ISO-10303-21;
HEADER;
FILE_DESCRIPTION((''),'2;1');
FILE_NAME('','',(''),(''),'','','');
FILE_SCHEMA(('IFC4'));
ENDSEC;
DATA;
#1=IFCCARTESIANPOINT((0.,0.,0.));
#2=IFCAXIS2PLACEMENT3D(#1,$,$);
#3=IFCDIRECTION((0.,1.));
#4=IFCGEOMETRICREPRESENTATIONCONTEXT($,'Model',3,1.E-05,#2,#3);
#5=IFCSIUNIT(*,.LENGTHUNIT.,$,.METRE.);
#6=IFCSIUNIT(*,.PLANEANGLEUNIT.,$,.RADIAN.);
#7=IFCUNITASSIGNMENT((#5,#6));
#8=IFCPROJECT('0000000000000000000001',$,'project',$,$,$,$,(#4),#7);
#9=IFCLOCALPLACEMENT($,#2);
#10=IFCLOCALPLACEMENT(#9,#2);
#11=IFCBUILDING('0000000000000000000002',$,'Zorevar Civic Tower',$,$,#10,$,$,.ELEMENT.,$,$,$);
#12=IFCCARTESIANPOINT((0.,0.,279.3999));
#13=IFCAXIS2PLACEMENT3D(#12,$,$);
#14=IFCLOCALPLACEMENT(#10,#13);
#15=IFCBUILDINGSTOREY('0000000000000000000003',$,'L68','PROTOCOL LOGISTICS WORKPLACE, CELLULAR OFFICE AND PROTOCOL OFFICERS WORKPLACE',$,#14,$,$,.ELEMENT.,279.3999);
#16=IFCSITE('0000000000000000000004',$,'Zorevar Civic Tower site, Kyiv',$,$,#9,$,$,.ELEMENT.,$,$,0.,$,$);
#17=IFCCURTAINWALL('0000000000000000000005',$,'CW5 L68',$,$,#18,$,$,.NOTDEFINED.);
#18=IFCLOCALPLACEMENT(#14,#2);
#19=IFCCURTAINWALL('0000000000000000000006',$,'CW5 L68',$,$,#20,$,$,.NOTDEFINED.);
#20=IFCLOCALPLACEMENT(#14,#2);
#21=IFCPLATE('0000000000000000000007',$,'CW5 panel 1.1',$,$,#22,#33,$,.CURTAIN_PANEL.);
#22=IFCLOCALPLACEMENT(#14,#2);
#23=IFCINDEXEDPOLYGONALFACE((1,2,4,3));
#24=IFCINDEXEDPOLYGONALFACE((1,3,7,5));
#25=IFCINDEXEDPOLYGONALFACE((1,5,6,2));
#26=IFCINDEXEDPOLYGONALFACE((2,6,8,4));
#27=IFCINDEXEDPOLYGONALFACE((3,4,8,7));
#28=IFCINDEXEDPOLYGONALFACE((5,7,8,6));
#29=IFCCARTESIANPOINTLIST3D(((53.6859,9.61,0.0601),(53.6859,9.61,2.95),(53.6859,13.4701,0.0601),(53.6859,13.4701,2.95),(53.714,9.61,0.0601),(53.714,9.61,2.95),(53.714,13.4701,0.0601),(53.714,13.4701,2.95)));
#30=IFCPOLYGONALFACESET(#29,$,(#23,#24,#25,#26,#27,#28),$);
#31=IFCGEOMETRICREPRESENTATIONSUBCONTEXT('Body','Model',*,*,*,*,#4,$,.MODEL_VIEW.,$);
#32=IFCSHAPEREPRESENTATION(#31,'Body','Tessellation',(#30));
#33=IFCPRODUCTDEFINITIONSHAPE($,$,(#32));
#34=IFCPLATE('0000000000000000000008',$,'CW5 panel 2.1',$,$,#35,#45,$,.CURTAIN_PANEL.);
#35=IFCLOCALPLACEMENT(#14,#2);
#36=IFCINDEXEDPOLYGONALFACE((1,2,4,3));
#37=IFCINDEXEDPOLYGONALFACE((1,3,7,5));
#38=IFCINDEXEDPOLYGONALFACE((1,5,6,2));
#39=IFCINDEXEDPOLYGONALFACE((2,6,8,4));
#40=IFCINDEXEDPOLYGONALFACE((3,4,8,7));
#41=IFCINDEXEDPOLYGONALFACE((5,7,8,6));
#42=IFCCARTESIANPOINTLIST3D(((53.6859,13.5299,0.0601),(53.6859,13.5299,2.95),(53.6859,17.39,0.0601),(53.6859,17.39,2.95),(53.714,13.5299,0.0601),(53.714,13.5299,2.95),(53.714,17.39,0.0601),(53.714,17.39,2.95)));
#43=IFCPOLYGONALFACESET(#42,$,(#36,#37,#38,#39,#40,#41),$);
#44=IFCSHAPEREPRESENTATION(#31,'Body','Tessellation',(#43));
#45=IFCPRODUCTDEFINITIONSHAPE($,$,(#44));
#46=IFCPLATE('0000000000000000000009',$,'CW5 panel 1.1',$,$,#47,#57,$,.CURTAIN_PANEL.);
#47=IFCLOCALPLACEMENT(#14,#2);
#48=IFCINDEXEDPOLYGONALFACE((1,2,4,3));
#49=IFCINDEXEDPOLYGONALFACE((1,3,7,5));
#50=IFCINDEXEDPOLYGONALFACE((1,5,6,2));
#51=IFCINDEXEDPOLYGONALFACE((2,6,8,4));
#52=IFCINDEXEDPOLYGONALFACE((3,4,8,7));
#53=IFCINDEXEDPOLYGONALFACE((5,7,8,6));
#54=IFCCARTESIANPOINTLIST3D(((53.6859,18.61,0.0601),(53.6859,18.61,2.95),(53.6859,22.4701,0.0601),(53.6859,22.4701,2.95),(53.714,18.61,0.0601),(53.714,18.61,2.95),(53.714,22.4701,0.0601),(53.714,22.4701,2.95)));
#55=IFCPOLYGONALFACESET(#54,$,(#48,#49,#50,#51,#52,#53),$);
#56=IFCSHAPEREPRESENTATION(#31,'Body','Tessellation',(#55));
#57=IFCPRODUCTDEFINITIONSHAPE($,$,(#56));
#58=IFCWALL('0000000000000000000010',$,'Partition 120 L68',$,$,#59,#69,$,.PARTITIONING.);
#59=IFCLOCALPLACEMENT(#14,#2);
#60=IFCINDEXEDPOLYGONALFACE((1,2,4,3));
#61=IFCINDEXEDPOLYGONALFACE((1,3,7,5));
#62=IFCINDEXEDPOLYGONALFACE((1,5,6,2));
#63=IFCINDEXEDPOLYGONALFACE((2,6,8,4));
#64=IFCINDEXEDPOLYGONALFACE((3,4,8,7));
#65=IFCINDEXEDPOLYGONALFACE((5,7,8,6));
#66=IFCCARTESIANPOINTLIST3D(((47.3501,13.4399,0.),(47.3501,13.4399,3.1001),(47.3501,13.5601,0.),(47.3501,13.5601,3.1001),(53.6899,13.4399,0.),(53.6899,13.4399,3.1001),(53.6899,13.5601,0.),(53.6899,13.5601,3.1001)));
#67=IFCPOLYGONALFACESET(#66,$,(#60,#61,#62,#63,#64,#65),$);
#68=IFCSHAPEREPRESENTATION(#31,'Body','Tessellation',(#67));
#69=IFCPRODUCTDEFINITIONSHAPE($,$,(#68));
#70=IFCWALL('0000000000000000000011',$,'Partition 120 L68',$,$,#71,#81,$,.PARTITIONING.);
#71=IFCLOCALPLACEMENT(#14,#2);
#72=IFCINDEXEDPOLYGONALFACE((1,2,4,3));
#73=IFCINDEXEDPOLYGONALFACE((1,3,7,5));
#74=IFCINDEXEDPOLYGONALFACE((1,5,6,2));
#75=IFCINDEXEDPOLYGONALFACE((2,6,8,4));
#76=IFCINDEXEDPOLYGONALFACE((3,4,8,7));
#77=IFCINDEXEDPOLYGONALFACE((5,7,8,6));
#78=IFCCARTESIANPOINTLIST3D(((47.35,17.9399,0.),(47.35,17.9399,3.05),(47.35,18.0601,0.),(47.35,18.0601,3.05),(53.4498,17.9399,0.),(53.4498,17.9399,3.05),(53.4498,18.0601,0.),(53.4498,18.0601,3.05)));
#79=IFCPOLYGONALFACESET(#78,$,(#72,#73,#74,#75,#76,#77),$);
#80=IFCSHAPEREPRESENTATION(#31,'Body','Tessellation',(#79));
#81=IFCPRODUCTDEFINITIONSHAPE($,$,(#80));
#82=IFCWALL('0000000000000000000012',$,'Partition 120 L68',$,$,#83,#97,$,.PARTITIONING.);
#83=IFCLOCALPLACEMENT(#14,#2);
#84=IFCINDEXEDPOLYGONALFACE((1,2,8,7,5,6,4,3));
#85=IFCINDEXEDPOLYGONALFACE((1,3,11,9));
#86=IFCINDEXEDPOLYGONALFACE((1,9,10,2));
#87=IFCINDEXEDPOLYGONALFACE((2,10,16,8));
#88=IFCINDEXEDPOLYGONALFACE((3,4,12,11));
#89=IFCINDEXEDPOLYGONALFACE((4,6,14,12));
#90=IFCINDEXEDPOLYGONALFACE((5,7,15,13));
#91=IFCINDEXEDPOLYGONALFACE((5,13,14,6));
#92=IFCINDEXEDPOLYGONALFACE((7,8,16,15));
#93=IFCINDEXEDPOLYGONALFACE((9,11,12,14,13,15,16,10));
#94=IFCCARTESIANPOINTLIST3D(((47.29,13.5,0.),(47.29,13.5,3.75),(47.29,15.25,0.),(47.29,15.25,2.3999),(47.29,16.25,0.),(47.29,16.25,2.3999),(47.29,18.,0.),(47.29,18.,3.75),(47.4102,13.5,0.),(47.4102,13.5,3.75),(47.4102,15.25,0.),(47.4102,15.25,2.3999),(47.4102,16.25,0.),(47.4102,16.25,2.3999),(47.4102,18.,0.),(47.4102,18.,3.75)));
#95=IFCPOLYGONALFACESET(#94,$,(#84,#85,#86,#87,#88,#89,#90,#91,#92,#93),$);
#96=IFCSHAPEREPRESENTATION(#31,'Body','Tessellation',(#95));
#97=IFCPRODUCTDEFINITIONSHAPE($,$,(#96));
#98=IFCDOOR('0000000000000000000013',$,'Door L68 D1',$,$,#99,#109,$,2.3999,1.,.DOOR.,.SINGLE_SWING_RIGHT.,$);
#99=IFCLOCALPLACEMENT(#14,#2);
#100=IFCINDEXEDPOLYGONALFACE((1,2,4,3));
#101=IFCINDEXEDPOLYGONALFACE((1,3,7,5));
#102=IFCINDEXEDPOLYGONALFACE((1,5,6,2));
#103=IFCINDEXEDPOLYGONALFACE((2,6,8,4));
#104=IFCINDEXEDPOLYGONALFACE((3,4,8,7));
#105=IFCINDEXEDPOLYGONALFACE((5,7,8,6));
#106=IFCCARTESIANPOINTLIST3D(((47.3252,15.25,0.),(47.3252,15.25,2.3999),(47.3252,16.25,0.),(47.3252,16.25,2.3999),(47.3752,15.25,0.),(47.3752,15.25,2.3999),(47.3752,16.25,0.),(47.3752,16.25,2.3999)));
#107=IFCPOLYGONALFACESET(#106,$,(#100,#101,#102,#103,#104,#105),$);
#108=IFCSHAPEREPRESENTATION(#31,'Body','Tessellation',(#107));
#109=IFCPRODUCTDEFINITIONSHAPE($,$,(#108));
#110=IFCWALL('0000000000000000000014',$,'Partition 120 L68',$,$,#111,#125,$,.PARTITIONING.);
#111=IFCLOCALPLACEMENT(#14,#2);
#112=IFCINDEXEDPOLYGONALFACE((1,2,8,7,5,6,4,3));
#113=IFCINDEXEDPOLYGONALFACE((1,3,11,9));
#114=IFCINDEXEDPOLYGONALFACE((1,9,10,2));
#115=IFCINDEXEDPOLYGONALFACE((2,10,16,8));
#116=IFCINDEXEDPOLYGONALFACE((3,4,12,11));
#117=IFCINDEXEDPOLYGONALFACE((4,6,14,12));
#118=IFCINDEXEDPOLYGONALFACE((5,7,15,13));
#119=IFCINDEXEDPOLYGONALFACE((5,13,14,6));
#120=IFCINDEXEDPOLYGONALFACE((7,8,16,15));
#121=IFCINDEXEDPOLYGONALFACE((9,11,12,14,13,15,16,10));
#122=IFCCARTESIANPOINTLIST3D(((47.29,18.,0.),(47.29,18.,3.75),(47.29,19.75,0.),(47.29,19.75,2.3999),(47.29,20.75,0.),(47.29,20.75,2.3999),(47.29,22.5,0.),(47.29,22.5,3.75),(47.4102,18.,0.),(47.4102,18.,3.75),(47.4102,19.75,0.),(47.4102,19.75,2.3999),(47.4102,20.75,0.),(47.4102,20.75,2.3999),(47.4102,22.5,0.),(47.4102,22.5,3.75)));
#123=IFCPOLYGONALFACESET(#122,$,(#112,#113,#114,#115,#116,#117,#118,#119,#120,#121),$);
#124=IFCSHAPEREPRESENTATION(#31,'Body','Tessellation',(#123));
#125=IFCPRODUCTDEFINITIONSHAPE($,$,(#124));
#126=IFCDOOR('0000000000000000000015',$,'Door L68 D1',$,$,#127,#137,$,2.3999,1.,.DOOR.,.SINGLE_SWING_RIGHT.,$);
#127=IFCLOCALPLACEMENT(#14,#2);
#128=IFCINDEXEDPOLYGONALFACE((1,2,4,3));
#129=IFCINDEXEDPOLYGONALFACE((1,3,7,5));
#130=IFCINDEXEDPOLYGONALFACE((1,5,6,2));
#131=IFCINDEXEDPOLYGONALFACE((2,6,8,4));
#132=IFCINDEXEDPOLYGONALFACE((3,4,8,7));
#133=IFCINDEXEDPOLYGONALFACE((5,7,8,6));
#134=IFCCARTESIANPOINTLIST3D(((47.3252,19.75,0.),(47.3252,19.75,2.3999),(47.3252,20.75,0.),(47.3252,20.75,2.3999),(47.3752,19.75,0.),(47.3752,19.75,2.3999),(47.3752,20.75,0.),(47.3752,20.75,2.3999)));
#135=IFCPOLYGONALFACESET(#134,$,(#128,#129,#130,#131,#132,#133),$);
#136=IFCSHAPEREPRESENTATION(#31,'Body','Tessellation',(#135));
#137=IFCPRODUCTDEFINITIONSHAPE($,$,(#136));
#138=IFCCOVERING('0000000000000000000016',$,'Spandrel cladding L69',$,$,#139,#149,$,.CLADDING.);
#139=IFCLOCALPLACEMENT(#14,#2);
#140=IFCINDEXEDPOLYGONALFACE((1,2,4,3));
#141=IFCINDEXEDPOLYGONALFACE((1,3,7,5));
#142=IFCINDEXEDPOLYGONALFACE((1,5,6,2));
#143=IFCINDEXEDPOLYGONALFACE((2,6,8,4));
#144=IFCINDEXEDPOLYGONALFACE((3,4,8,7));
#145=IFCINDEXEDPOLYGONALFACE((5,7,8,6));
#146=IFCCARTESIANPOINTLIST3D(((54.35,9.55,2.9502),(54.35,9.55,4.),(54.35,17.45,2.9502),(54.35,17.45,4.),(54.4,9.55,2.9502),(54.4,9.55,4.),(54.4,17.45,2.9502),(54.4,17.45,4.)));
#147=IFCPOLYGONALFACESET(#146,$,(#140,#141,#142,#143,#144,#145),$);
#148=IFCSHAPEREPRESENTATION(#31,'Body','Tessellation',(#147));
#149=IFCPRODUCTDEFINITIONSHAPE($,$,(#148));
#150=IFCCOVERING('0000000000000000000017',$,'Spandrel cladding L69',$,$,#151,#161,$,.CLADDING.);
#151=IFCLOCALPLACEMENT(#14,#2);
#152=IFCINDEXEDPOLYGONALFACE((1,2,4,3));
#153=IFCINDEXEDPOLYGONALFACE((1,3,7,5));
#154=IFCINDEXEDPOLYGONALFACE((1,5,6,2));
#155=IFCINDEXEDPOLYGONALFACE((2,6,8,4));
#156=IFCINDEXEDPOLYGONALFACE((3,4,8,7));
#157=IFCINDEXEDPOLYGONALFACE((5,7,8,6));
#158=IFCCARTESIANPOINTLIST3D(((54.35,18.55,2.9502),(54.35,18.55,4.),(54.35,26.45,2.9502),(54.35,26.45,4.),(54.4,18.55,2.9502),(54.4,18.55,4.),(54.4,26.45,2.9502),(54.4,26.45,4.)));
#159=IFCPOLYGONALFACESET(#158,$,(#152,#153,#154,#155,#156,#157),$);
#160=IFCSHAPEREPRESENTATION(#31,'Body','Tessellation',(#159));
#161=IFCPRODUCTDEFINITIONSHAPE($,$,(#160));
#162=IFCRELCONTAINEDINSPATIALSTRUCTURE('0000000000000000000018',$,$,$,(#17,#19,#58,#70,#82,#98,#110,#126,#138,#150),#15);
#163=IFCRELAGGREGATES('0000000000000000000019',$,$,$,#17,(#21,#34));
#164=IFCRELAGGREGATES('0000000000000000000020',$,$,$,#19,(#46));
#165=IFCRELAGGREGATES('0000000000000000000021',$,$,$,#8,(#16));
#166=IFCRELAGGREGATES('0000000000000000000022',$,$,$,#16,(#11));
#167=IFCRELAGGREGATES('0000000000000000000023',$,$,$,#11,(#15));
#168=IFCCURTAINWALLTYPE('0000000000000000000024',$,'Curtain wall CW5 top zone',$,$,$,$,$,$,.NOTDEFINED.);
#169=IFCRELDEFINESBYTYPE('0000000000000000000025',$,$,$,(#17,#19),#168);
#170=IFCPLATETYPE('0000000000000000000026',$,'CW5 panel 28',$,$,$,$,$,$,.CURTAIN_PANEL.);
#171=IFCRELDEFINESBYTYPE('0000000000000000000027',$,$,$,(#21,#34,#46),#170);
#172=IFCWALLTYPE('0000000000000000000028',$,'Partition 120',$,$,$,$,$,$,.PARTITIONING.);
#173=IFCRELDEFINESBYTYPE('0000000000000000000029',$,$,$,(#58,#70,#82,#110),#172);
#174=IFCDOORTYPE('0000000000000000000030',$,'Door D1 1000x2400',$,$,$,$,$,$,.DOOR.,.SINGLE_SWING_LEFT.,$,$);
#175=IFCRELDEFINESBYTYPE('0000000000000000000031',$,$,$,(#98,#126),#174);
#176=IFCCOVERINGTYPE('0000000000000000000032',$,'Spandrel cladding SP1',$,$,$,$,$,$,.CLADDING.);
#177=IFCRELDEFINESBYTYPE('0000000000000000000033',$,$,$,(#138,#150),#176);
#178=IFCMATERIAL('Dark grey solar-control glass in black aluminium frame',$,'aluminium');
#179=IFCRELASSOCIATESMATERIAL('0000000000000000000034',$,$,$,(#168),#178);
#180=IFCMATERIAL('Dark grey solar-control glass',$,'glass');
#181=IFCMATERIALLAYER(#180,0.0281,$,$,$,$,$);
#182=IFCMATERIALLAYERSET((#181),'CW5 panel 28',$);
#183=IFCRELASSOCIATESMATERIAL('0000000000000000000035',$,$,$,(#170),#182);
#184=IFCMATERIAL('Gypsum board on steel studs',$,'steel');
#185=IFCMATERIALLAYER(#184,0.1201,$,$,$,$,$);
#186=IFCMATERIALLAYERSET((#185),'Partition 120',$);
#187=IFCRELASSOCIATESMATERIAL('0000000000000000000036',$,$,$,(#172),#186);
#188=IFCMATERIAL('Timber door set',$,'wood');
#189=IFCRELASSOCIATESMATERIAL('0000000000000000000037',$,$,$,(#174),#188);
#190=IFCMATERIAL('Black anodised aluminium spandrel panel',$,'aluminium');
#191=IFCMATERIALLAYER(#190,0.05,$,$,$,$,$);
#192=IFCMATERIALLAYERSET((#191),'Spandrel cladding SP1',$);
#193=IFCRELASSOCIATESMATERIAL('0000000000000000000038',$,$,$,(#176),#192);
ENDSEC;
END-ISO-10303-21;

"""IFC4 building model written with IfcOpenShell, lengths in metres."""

from ifc_helpers import new_model, si_unit, direction, frame, frame_2d, origin, origin_2d, place, context, subcontext, project, spatial, rectangle, extrude, material, layer, layer_set, type_object, element, fill, aggregate, save


model = new_model("IFC4")

# Units and contexts
model_context = context("Model", 3, precision=1e-05, world=origin(), true_north=direction((0.0, 1.0)))
body_context = subcontext(model_context, "Body", "Model", "MODEL_VIEW")
ifc_project = project(units=[si_unit("LENGTHUNIT", "METRE"), si_unit("PLANEANGLEUNIT", "RADIAN")], contexts=[model_context])

# Site, building, storey
site_placement = place(None, origin())
site = spatial("IfcSite", under=ifc_project, at=site_placement, Name="Zorevar Civic Tower site, Kyiv", CompositionType="ELEMENT", RefElevation=0.0)
building_placement = place(site_placement, origin())
building = spatial("IfcBuilding", under=site, at=building_placement, Name="Zorevar Civic Tower", CompositionType="ELEMENT")
storey_placement = place(building_placement, frame((0.0, 0.0, 279.3999)))
storey = spatial("IfcBuildingStorey", under=building, at=storey_placement, Name="L68", Description="PROTOCOL LOGISTICS WORKPLACE, CELLULAR OFFICE AND PROTOCOL OFFICERS WORKPLACE", CompositionType="ELEMENT", Elevation=279.3999)

# Curtain wall
ifc_material_1 = material(Name="Dark grey solar-control glass in black aluminium frame", Category="aluminium")
curtain_wall_type = type_object("IfcCurtainWallType", Name="Curtain wall CW5 top zone", PredefinedType="NOTDEFINED", material=ifc_material_1)
curtain_wall_1_placement = place(storey_placement, origin())
curtain_wall_1 = element("IfcCurtainWall", 1, at=curtain_wall_1_placement, inside=storey, type_object=curtain_wall_type, Name="CW5 L68", PredefinedType="NOTDEFINED")

# Curtain wall
curtain_wall_2_placement = place(storey_placement, origin())
curtain_wall_2 = element("IfcCurtainWall", 2, at=curtain_wall_2_placement, inside=storey, type_object=curtain_wall_type, Name="CW5 L68", PredefinedType="NOTDEFINED")

# Plates
ifc_material_2 = material(Name="Dark grey solar-control glass", Category="glass")
ifc_layer_1 = layer(ifc_material_2, 0.0281)
ifc_layer_set_1 = layer_set([ifc_layer_1], Name="CW5 panel 28")
plate_type = type_object("IfcPlateType", Name="CW5 panel 28", PredefinedType="CURTAIN_PANEL", material=ifc_layer_set_1)
plate_1_placement = place(storey_placement, frame((53.7, 11.54, 0.0601), z_axis=(0.0, 0.0, 1.0), x_axis=(0.0, 1.0, 0.0)))
plate_1 = element("IfcPlate", 3, at=plate_1_placement, type_object=plate_type, Name="CW5 panel 1.1", PredefinedType="CURTAIN_PANEL", context=body_context, shape_type="SweptSolid", body=[
    extrude(rectangle(XDim=3.8601, YDim=0.0281, at=origin_2d()), origin(), (0.0, 0.0, 1.0), 2.8899),
])
plate_2_placement = place(storey_placement, frame((53.7, 15.46, 0.0601), z_axis=(0.0, 0.0, 1.0), x_axis=(0.0, 1.0, 0.0)))
plate_2 = element("IfcPlate", 4, at=plate_2_placement, type_object=plate_type, Name="CW5 panel 2.1", PredefinedType="CURTAIN_PANEL", context=body_context, shape_type="SweptSolid", body=[
    extrude(rectangle(XDim=3.8601, YDim=0.0281, at=origin_2d()), origin(), (0.0, 0.0, 1.0), 2.8899),
])
aggregate(curtain_wall_1, [plate_1, plate_2])
plate_3_placement = place(storey_placement, frame((53.7, 20.54, 0.0601), z_axis=(0.0, 0.0, 1.0), x_axis=(0.0, 1.0, 0.0)))
plate_3 = element("IfcPlate", 5, at=plate_3_placement, type_object=plate_type, Name="CW5 panel 1.1", PredefinedType="CURTAIN_PANEL", context=body_context, shape_type="SweptSolid", body=[
    extrude(rectangle(XDim=3.8601, YDim=0.0281, at=origin_2d()), origin(), (0.0, 0.0, 1.0), 2.8899),
])
aggregate(curtain_wall_2, [plate_3])

# Walls
ifc_material_3 = material(Name="Gypsum board on steel studs", Category="steel")
ifc_layer_2 = layer(ifc_material_3, 0.1201)
ifc_layer_set_2 = layer_set([ifc_layer_2], Name="Partition 120")
wall_type_1 = type_object("IfcWallType", Name="Partition 120", PredefinedType="PARTITIONING", material=ifc_layer_set_2)
wall_1_placement = place(storey_placement, frame((47.3501, 13.5, 0.0), z_axis=(0.0, 0.0, 1.0), x_axis=(1.0, 0.0, 0.0)))
element("IfcWall", 6, at=wall_1_placement, inside=storey, type_object=wall_type_1, Name="Partition 120 L68", PredefinedType="PARTITIONING", context=body_context, shape_type="SweptSolid", body=[
    extrude(rectangle(XDim=6.3398, YDim=0.1201, at=frame_2d((3.1699, 0.0))), origin(), (0.0, 0.0, 1.0), 3.1001),
])
wall_2_placement = place(storey_placement, frame((47.3501, 18.0, 0.0), z_axis=(0.0, 0.0, 1.0), x_axis=(1.0, 0.0, 0.0)))
element("IfcWall", 7, at=wall_2_placement, inside=storey, type_object=wall_type_1, Name="Partition 120 L68", PredefinedType="PARTITIONING", context=body_context, shape_type="SweptSolid", body=[
    extrude(rectangle(XDim=6.0999, YDim=0.1201, at=frame_2d((3.0498, 0.0))), origin(), (0.0, 0.0, 1.0), 3.05),
])

# Walls, openings, doors
wall_3_placement = place(storey_placement, frame((47.3501, 13.5, 0.0), z_axis=(0.0, 0.0, 1.0), x_axis=(0.0, 1.0, 0.0)))
wall_3 = element("IfcWall", 8, at=wall_3_placement, inside=storey, type_object=wall_type_1, Name="Partition 120 L68", PredefinedType="PARTITIONING", context=body_context, shape_type="SweptSolid", body=[
    extrude(rectangle(XDim=4.5, YDim=0.1201, at=frame_2d((2.25, 0.0))), origin(), (0.0, 0.0, 1.0), 3.75),
])
opening_1_placement = place(wall_3_placement, frame((1.75, 0.0, 0.0)))
opening_1 = element("IfcOpeningElement", 9, at=opening_1_placement, cuts=wall_3, PredefinedType="OPENING", context=body_context, shape_type="SweptSolid", body=[
    extrude(rectangle(XDim=1.0, YDim=2.3999, at=frame_2d((0.5, 1.2))), frame((0.0, 0.0701, 0.0), z_axis=(0.0, -1.0, 0.0), x_axis=(1.0, 0.0, 0.0)), (0.0, 0.0, 1.0), 0.1401),
])
ifc_material_4 = material(Name="Timber door set", Category="wood")
door_type_1 = type_object("IfcDoorType", Name="Door D1 1000x2400", OperationType="SINGLE_SWING_LEFT", PredefinedType="DOOR", material=ifc_material_4)
door_1_placement = place(opening_1_placement, origin())
door_1 = element("IfcDoor", 10, at=door_1_placement, inside=storey, type_object=door_type_1, Name="Door L68 D1", OperationType="SINGLE_SWING_RIGHT", OverallHeight=2.3999, OverallWidth=1.0, PredefinedType="DOOR", context=body_context, shape_type="SweptSolid", body=[
    extrude(rectangle(XDim=1.0, YDim=2.3999, at=frame_2d((0.5, 1.2))), frame((0.0, 0.0249, 0.0), z_axis=(0.0, -1.0, 0.0), x_axis=(1.0, 0.0, 0.0)), (0.0, 0.0, 1.0), 0.05),
])
fill(opening_1, door_1)
wall_4_placement = place(storey_placement, frame((47.3501, 18.0, 0.0), z_axis=(0.0, 0.0, 1.0), x_axis=(0.0, 1.0, 0.0)))
wall_4 = element("IfcWall", 11, at=wall_4_placement, inside=storey, type_object=wall_type_1, Name="Partition 120 L68", PredefinedType="PARTITIONING", context=body_context, shape_type="SweptSolid", body=[
    extrude(rectangle(XDim=4.5, YDim=0.1201, at=frame_2d((2.25, 0.0))), origin(), (0.0, 0.0, 1.0), 3.75),
])
opening_2_placement = place(wall_4_placement, frame((1.75, 0.0, 0.0)))
opening_2 = element("IfcOpeningElement", 12, at=opening_2_placement, cuts=wall_4, PredefinedType="OPENING", context=body_context, shape_type="SweptSolid", body=[
    extrude(rectangle(XDim=1.0, YDim=2.3999, at=frame_2d((0.5, 1.2))), frame((0.0, 0.0701, 0.0), z_axis=(0.0, -1.0, 0.0), x_axis=(1.0, 0.0, 0.0)), (0.0, 0.0, 1.0), 0.1401),
])
door_2_placement = place(opening_2_placement, origin())
door_2 = element("IfcDoor", 13, at=door_2_placement, inside=storey, type_object=door_type_1, Name="Door L68 D1", OperationType="SINGLE_SWING_RIGHT", OverallHeight=2.3999, OverallWidth=1.0, PredefinedType="DOOR", context=body_context, shape_type="SweptSolid", body=[
    extrude(rectangle(XDim=1.0, YDim=2.3999, at=frame_2d((0.5, 1.2))), frame((0.0, 0.0249, 0.0), z_axis=(0.0, -1.0, 0.0), x_axis=(1.0, 0.0, 0.0)), (0.0, 0.0, 1.0), 0.05),
])
fill(opening_2, door_2)

# Coverings
ifc_material_5 = material(Name="Black anodised aluminium spandrel panel", Category="aluminium")
ifc_layer_3 = layer(ifc_material_5, 0.05)
ifc_layer_set_3 = layer_set([ifc_layer_3], Name="Spandrel cladding SP1")
covering_type = type_object("IfcCoveringType", Name="Spandrel cladding SP1", PredefinedType="CLADDING", material=ifc_layer_set_3)
for number, where, z_axis, x_axis, name in (
    (14, (54.375, 9.55, 2.9502), (0.0, 0.0, 1.0), (0.0, 1.0, 0.0), "Spandrel cladding L69"),
    (15, (54.375, 18.55, 2.9502), (0.0, 0.0, 1.0), (0.0, 1.0, 0.0), "Spandrel cladding L69"),
):
    element("IfcCovering", number, at=place(storey_placement, frame(where, z_axis=z_axis, x_axis=x_axis)), inside=storey, type_object=covering_type, Name=name, PredefinedType="CLADDING", context=body_context, shape_type="SweptSolid", body=[
        extrude(rectangle(XDim=7.8999, YDim=0.05, at=frame_2d((3.95, 0.0))), origin(), (0.0, 0.0, 1.0), 1.0498),
    ])

save(model, "model.ifc")
